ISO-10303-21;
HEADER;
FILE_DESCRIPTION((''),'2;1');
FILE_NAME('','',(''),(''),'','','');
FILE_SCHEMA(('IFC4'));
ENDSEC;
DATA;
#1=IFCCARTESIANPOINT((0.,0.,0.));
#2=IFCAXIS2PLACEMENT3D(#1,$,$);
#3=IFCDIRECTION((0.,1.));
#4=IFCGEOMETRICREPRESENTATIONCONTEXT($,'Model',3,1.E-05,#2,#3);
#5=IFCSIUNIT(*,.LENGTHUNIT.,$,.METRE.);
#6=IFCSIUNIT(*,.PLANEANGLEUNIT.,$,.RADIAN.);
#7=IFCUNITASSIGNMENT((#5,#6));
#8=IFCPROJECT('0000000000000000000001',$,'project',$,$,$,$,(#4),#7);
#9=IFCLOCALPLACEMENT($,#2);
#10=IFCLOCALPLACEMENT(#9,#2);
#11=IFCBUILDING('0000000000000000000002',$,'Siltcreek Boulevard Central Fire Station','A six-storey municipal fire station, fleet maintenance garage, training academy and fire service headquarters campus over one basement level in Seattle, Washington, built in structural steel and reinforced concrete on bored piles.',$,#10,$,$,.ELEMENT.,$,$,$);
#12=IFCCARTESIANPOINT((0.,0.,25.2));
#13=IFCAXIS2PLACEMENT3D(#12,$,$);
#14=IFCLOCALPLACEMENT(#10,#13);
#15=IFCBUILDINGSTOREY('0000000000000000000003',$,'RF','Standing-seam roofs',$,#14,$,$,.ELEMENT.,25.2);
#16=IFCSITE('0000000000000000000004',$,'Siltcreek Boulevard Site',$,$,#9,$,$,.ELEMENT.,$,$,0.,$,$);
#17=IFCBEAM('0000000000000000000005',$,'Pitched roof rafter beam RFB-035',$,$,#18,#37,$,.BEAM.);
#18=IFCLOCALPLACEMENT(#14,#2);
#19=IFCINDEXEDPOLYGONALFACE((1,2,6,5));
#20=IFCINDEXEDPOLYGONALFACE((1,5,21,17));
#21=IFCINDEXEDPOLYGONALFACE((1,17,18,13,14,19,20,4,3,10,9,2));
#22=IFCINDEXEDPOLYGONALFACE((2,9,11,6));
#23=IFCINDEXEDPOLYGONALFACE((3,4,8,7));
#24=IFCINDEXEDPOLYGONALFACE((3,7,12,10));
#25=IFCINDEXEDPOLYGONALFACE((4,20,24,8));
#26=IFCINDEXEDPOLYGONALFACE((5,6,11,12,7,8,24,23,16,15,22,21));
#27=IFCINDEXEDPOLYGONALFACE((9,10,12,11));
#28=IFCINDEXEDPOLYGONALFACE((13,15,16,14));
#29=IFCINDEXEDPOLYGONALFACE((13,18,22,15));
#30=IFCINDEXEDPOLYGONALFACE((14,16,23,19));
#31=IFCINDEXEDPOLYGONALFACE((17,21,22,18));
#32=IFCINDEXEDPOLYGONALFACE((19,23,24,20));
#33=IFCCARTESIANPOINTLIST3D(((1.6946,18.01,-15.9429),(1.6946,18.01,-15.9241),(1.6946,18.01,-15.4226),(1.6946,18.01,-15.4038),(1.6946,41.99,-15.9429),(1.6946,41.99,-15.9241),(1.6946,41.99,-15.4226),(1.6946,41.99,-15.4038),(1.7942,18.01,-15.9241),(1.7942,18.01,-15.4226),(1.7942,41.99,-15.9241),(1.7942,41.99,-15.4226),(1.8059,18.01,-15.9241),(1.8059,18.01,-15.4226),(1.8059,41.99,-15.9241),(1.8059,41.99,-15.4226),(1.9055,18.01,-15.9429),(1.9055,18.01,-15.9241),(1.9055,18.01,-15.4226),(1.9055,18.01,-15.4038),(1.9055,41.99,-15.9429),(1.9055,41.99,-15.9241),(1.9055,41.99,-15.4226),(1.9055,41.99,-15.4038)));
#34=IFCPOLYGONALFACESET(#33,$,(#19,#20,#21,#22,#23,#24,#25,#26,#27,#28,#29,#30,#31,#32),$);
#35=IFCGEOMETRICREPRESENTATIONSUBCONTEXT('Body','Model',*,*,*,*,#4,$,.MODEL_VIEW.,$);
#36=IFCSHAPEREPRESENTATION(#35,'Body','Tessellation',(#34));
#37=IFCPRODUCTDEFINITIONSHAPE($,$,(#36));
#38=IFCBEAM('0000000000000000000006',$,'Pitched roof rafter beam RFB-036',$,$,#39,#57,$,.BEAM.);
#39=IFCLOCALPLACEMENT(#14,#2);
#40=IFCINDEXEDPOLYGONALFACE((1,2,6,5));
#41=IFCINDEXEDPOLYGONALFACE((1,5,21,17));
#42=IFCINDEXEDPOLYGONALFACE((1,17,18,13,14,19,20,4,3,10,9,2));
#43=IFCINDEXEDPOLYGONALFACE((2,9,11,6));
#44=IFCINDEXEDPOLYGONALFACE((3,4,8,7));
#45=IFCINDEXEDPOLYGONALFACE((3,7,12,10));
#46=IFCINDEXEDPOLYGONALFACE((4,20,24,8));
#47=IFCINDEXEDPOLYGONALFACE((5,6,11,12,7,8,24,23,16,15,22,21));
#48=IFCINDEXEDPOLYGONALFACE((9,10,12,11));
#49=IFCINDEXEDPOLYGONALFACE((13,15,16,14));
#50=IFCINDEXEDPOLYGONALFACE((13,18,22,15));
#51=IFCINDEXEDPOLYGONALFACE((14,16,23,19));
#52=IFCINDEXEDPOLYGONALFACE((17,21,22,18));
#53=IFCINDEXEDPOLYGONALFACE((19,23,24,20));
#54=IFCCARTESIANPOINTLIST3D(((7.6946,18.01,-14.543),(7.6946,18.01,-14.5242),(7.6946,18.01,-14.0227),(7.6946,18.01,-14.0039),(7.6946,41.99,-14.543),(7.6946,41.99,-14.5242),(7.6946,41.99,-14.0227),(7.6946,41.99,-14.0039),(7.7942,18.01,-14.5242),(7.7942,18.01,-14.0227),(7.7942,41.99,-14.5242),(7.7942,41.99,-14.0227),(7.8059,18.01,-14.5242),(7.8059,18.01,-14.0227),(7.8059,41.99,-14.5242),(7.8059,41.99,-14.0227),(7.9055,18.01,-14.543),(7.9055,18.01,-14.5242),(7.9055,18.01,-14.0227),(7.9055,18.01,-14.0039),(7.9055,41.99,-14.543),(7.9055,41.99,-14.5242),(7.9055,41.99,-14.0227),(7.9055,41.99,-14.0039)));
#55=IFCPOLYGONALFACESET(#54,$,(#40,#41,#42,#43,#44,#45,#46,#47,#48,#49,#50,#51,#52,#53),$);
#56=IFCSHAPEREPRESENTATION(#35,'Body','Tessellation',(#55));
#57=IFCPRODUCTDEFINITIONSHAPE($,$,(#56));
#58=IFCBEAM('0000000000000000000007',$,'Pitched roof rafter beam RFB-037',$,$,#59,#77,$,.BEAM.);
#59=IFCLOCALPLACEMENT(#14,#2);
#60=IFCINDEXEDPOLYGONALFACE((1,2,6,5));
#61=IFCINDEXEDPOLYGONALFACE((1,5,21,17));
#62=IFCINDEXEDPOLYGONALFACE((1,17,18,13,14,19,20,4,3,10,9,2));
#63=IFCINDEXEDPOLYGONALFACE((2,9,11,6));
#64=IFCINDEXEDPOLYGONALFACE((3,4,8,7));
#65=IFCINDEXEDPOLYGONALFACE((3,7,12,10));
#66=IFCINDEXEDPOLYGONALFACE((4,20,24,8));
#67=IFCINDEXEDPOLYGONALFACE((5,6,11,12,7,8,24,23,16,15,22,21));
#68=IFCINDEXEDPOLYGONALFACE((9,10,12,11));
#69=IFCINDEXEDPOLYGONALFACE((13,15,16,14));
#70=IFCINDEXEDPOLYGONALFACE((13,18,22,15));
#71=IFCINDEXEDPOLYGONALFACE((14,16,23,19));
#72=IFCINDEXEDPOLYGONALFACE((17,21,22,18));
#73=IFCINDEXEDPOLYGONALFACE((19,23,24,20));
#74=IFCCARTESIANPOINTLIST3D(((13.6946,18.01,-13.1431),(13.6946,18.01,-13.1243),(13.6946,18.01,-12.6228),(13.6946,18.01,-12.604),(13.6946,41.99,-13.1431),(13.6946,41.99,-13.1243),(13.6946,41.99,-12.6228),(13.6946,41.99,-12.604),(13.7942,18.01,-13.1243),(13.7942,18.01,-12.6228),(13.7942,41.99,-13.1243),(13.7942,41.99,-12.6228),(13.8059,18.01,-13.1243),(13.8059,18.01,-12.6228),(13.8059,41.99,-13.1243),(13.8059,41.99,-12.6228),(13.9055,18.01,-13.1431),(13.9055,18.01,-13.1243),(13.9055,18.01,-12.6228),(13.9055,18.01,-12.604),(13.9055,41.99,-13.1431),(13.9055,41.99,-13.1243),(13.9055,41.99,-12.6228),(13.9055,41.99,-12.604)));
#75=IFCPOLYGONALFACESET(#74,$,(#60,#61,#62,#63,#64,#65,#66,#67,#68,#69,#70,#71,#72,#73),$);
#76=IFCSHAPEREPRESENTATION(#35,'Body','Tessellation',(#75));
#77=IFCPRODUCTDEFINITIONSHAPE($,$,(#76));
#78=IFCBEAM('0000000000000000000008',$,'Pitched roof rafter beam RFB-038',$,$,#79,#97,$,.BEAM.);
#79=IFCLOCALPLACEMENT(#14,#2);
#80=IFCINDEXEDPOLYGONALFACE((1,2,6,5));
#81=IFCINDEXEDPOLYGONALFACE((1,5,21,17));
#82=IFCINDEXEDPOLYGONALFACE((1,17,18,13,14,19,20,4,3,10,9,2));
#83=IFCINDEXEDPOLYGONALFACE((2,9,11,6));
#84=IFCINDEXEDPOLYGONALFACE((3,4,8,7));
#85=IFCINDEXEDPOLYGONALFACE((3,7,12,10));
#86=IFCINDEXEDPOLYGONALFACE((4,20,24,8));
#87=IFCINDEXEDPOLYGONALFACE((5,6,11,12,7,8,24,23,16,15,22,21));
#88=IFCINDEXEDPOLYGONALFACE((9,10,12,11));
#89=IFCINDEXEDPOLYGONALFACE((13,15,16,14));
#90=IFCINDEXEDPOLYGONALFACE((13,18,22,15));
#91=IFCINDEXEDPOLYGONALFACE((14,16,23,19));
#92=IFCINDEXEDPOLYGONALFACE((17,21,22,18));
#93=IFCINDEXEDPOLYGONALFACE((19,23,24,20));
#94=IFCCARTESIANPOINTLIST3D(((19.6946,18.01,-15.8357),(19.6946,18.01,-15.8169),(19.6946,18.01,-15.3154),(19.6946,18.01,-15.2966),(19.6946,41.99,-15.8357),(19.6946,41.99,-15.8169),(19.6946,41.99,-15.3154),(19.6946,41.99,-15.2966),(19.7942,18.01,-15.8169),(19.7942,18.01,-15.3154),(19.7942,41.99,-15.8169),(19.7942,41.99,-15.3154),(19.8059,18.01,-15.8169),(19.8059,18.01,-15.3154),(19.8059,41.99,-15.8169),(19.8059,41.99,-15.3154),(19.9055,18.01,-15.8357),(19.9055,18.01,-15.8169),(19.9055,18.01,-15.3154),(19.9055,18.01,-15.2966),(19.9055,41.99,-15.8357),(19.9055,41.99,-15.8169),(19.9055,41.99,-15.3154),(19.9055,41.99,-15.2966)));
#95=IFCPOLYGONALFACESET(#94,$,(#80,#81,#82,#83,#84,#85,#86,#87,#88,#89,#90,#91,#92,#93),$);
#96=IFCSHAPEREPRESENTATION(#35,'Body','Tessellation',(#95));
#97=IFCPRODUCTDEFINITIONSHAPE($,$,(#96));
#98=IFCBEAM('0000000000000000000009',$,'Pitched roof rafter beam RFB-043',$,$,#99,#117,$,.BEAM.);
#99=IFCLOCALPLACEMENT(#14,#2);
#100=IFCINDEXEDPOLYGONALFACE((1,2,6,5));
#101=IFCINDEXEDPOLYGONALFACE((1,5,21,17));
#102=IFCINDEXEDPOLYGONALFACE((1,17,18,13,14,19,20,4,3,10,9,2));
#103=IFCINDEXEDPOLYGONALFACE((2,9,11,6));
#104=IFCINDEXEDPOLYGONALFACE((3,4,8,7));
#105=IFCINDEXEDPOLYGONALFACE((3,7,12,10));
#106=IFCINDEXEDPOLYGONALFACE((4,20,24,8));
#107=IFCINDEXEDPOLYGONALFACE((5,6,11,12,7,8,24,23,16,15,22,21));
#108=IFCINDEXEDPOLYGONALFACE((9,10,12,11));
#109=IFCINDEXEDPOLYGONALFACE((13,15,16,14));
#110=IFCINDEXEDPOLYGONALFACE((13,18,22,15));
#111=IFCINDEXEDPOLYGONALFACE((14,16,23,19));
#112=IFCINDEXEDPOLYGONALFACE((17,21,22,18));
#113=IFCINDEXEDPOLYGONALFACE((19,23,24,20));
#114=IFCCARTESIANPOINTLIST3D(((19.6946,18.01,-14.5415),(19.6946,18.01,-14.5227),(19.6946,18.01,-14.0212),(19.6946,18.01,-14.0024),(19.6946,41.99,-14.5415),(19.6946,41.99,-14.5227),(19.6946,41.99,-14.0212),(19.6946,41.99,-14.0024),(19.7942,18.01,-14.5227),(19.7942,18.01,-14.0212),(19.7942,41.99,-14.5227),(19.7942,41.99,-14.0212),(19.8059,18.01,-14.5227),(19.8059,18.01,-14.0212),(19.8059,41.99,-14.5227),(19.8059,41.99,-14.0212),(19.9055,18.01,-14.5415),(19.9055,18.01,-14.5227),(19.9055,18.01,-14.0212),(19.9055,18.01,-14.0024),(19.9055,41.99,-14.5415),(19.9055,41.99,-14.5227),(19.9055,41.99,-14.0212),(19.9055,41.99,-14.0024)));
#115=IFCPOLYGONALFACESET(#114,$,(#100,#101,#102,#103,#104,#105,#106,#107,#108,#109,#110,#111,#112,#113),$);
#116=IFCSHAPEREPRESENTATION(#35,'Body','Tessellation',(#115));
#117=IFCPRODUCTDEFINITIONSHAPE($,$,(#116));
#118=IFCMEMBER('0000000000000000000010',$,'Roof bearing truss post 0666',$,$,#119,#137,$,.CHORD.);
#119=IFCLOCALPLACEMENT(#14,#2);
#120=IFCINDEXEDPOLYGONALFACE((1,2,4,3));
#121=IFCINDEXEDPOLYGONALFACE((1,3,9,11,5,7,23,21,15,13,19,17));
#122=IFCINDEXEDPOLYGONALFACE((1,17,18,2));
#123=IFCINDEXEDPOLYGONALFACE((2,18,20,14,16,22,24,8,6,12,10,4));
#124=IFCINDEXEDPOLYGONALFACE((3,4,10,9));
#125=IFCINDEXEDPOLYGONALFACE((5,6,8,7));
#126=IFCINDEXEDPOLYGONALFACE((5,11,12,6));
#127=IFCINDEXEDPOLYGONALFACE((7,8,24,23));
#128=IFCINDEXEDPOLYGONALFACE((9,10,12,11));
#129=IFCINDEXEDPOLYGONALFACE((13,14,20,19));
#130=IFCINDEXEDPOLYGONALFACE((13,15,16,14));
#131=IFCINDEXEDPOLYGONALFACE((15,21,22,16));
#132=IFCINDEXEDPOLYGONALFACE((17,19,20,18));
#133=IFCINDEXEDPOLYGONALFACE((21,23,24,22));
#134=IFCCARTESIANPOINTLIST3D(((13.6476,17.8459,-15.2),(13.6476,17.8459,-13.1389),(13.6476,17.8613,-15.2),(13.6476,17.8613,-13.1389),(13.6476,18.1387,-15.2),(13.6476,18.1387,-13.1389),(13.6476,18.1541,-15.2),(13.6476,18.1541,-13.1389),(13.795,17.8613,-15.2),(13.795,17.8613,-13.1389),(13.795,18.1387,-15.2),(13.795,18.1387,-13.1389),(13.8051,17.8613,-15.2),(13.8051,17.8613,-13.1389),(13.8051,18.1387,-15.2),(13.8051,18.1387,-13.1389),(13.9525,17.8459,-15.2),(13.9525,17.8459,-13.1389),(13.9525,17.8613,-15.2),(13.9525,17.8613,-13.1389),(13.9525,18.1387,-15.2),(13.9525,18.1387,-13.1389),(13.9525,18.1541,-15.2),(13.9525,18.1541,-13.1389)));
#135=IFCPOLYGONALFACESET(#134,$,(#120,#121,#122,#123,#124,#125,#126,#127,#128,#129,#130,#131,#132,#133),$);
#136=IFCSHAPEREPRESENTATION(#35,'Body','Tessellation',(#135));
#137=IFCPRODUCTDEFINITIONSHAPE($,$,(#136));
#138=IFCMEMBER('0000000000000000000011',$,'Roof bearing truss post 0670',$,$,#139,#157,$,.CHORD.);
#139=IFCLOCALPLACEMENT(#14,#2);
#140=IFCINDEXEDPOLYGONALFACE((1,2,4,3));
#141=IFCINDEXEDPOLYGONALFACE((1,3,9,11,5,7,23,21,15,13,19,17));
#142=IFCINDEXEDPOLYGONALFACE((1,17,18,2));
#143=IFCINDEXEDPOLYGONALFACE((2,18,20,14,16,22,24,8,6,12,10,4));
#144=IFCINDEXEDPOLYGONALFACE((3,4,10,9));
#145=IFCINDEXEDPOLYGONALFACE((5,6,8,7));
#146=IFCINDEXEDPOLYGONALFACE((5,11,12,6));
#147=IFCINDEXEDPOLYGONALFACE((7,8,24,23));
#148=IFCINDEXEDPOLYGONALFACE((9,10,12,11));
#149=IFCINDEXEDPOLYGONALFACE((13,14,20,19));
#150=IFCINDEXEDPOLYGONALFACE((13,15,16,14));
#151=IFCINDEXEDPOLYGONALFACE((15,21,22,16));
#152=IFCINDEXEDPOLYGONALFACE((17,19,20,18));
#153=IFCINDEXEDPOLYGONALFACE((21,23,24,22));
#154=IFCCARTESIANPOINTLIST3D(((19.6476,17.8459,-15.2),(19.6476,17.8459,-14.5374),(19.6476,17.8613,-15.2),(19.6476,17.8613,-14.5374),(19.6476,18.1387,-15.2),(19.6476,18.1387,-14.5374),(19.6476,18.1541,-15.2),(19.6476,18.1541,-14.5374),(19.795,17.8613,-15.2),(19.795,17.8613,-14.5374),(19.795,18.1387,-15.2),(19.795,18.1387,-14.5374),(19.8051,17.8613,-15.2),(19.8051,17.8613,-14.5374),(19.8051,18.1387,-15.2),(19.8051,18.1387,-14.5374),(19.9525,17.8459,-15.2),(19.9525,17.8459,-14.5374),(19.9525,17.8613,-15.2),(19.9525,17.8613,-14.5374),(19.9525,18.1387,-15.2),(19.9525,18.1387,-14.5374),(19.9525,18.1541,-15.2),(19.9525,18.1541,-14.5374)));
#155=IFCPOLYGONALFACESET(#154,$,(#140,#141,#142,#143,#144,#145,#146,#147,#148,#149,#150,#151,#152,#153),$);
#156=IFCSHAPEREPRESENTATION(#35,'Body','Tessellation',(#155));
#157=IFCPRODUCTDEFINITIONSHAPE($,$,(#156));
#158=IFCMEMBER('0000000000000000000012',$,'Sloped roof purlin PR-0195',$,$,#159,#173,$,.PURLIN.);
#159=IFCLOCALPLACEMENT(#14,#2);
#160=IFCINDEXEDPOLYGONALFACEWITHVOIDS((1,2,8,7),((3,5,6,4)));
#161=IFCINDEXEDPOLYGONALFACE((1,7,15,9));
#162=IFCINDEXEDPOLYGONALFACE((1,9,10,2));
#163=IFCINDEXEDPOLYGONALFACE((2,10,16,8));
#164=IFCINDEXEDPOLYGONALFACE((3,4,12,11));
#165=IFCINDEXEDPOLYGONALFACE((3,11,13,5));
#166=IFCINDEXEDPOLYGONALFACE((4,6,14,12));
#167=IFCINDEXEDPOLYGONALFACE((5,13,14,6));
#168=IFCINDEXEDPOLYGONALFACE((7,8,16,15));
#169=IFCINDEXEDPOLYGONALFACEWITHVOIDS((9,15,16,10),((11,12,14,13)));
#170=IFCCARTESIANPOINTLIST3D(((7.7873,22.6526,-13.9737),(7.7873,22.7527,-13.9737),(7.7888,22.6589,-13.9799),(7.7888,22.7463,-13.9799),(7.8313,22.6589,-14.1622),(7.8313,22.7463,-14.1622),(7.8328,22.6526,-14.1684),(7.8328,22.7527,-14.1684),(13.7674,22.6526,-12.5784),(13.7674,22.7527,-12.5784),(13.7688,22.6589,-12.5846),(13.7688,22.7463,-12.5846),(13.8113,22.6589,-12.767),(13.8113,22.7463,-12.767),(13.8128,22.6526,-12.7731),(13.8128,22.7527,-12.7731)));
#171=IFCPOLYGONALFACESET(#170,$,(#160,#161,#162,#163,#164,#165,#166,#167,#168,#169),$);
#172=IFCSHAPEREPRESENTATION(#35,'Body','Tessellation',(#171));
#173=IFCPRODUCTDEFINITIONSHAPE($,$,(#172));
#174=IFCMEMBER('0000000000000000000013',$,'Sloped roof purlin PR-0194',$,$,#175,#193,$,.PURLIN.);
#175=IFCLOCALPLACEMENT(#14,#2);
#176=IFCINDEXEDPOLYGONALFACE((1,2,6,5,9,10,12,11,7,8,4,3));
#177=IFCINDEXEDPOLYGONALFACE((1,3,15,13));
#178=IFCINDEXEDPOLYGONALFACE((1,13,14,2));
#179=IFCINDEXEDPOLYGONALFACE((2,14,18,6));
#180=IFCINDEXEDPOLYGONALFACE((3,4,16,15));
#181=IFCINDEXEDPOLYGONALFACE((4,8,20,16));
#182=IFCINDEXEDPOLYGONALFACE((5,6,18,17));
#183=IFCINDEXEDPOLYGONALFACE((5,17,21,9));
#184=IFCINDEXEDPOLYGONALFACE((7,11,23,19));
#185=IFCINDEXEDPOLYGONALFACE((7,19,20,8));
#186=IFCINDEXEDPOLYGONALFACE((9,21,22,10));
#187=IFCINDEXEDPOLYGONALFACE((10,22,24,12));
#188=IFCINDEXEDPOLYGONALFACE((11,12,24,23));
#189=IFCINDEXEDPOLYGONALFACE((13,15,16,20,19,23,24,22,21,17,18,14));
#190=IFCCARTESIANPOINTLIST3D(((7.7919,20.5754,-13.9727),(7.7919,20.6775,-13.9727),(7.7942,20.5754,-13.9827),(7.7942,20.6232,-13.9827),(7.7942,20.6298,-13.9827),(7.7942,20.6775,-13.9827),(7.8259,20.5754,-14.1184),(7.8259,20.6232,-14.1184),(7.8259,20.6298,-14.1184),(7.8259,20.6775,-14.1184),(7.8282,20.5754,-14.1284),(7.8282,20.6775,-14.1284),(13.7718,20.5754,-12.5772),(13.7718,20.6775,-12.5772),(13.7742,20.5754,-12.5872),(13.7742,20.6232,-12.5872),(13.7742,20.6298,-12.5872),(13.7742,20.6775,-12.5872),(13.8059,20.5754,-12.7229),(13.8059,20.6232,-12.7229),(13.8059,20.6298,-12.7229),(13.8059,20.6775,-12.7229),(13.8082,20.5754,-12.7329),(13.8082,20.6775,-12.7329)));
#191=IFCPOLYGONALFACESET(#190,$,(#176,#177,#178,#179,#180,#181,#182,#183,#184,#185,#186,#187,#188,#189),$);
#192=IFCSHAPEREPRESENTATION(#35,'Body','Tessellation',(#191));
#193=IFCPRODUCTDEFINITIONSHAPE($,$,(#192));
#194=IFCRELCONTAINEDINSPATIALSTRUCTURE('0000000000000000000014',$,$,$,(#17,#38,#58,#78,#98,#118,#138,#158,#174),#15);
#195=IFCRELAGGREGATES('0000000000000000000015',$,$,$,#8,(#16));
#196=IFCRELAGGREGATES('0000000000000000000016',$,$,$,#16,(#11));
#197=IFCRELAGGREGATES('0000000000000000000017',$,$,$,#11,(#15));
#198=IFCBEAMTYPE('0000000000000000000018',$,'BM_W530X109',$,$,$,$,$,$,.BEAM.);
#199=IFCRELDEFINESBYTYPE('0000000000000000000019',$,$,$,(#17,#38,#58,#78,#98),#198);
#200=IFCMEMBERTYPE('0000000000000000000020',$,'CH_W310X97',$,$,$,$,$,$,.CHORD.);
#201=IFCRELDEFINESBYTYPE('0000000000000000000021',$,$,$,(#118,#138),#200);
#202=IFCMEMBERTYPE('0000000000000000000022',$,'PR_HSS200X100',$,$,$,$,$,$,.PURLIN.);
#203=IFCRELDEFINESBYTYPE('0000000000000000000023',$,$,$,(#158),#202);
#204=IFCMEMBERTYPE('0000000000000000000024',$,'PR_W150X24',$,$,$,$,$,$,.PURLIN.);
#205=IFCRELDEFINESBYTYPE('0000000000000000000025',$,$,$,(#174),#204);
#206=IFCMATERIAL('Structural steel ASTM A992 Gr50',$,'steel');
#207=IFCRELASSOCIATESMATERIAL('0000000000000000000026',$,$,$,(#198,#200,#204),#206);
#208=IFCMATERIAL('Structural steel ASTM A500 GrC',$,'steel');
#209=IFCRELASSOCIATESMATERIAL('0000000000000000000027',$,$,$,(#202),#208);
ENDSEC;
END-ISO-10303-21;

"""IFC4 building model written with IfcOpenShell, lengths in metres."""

from ifc_helpers import new_model, si_unit, direction, frame, origin, origin_2d, place, context, subcontext, project, spatial, hollow_rectangle, i_section, extrude, material, material_profile, profile_set, type_object, element, save


model = new_model("IFC4")

# Units and contexts
model_context = context("Model", 3, precision=1e-05, world=origin(), true_north=direction((0.0, 1.0)))
body_context = subcontext(model_context, "Body", "Model", "MODEL_VIEW")
ifc_project = project(units=[si_unit("LENGTHUNIT", "METRE"), si_unit("PLANEANGLEUNIT", "RADIAN")], contexts=[model_context])

# Site, building, storey
site_placement = place(None, origin())
site = spatial("IfcSite", under=ifc_project, at=site_placement, Name="Siltcreek Boulevard Site", CompositionType="ELEMENT", RefElevation=0.0)
building_placement = place(site_placement, origin())
building = spatial("IfcBuilding", under=site, at=building_placement, Name="Siltcreek Boulevard Central Fire Station", Description="A six-storey municipal fire station, fleet maintenance garage, training academy and fire service headquarters campus over one basement level in Seattle, Washington, built in structural steel and reinforced concrete on bored piles.", CompositionType="ELEMENT")
storey_placement = place(building_placement, frame((0.0, 0.0, 25.2)))
storey = spatial("IfcBuildingStorey", under=building, at=storey_placement, Name="RF", Description="Standing-seam roofs", CompositionType="ELEMENT", Elevation=25.2)

# Beams
ifc_material_1 = material(Name="Structural steel ASTM A992 Gr50", Category="steel")
ifc_material_profile_1 = material_profile(ifc_material_1, i_section(OverallWidth=0.2109, OverallDepth=0.5391, WebThickness=0.0117, FlangeThickness=0.0188, at=origin_2d()), Name="W530X109")
ifc_profile_set_1 = profile_set([ifc_material_profile_1], Name="Structural steel ASTM A992 Gr50")
beam_type = type_object("IfcBeamType", Name="BM_W530X109", PredefinedType="BEAM", material=ifc_profile_set_1)
for number, where, z_axis, x_axis, name in (
    (1, (1.8, 18.01, -15.6733), (0.0, 1.0, 0.0), (-1.0, 0.0, 0.0), "Pitched roof rafter beam RFB-035"),
    (2, (7.8, 18.01, -14.2734), (0.0, 1.0, 0.0), (-1.0, 0.0, 0.0), "Pitched roof rafter beam RFB-036"),
    (3, (13.8, 18.01, -12.8735), (0.0, 1.0, 0.0), (-1.0, 0.0, 0.0), "Pitched roof rafter beam RFB-037"),
    (4, (19.8, 18.01, -15.5662), (0.0, 1.0, 0.0), (-1.0, 0.0, 0.0), "Pitched roof rafter beam RFB-038"),
    (5, (19.8, 18.01, -14.272), (0.0, 1.0, 0.0), (-1.0, 0.0, 0.0), "Pitched roof rafter beam RFB-043"),
):
    element("IfcBeam", number, at=place(storey_placement, frame(where, z_axis=z_axis, x_axis=x_axis)), inside=storey, type_object=beam_type, Name=name, PredefinedType="BEAM", context=body_context, shape_type="SweptSolid", body=[
        extrude(i_section(OverallWidth=0.2109, OverallDepth=0.5391, WebThickness=0.0117, FlangeThickness=0.0188, at=origin_2d()), origin(), (0.0, 0.0, 1.0), 23.98),
    ])

# Members
ifc_material_profile_2 = material_profile(ifc_material_1, i_section(OverallWidth=0.3049, OverallDepth=0.3081, WebThickness=0.01, FlangeThickness=0.0154, at=origin_2d()), Name="W310X97")
ifc_profile_set_2 = profile_set([ifc_material_profile_2], Name="Structural steel ASTM A992 Gr50")
member_type_1 = type_object("IfcMemberType", Name="CH_W310X97", PredefinedType="CHORD", material=ifc_profile_set_2)
member_1_placement = place(storey_placement, frame((13.8, 18.0, -15.2), z_axis=(0.0, 0.0, 1.0), x_axis=(1.0, 0.0, 0.0)))
element("IfcMember", 6, at=member_1_placement, inside=storey, type_object=member_type_1, Name="Roof bearing truss post 0666", PredefinedType="CHORD", context=body_context, shape_type="SweptSolid", body=[
    extrude(i_section(OverallWidth=0.3049, OverallDepth=0.3081, WebThickness=0.01, FlangeThickness=0.0154, at=origin_2d()), origin(), (0.0, 0.0, 1.0), 2.061),
])
member_2_placement = place(storey_placement, frame((19.8, 18.0, -15.2), z_axis=(0.0, 0.0, 1.0), x_axis=(1.0, 0.0, 0.0)))
element("IfcMember", 7, at=member_2_placement, inside=storey, type_object=member_type_1, Name="Roof bearing truss post 0670", PredefinedType="CHORD", context=body_context, shape_type="SweptSolid", body=[
    extrude(i_section(OverallWidth=0.3049, OverallDepth=0.3081, WebThickness=0.01, FlangeThickness=0.0154, at=origin_2d()), origin(), (0.0, 0.0, 1.0), 0.6626),
])
ifc_material_2 = material(Name="Structural steel ASTM A500 GrC", Category="steel")
ifc_material_profile_3 = material_profile(ifc_material_2, hollow_rectangle(XDim=0.1001, YDim=0.2, WallThickness=0.0063, at=origin_2d()), Name="HSS200X100X6.4")
ifc_profile_set_3 = profile_set([ifc_material_profile_3], Name="Structural steel ASTM A500 GrC")
member_type_2 = type_object("IfcMemberType", Name="PR_HSS200X100", PredefinedType="PURLIN", material=ifc_profile_set_3)
member_3_placement = place(storey_placement, frame((7.8101, 22.7026, -14.071), z_axis=(0.973844, 0.0, 0.22722), x_axis=(0.0, 1.0, 0.0)))
element("IfcMember", 8, at=member_3_placement, inside=storey, type_object=member_type_2, Name="Sloped roof purlin PR-0195", PredefinedType="PURLIN", context=body_context, shape_type="SweptSolid", body=[
    extrude(hollow_rectangle(XDim=0.1001, YDim=0.2, WallThickness=0.0063, at=origin_2d()), origin(), (0.0, 0.0, 1.0), 6.1406),
])
ifc_material_profile_4 = material_profile(ifc_material_1, i_section(OverallWidth=0.1021, OverallDepth=0.1599, WebThickness=0.0066, FlangeThickness=0.0103, at=origin_2d()), Name="W150X24")
ifc_profile_set_4 = profile_set([ifc_material_profile_4], Name="Structural steel ASTM A992 Gr50")
member_type_3 = type_object("IfcMemberType", Name="PR_W150X24", PredefinedType="PURLIN", material=ifc_profile_set_4)
member_4_placement = place(storey_placement, frame((7.8101, 20.6265, -14.0505), z_axis=(0.973835, 0.0, 0.227257), x_axis=(0.0, 1.0, 0.0)))
element("IfcMember", 9, at=member_4_placement, inside=storey, type_object=member_type_3, Name="Sloped roof purlin PR-0194", PredefinedType="PURLIN", context=body_context, shape_type="SweptSolid", body=[
    extrude(i_section(OverallWidth=0.1021, OverallDepth=0.1599, WebThickness=0.0066, FlangeThickness=0.0103, at=origin_2d()), origin(), (0.0, 0.0, 1.0), 6.1406),
])

save(model, "model.ifc")
